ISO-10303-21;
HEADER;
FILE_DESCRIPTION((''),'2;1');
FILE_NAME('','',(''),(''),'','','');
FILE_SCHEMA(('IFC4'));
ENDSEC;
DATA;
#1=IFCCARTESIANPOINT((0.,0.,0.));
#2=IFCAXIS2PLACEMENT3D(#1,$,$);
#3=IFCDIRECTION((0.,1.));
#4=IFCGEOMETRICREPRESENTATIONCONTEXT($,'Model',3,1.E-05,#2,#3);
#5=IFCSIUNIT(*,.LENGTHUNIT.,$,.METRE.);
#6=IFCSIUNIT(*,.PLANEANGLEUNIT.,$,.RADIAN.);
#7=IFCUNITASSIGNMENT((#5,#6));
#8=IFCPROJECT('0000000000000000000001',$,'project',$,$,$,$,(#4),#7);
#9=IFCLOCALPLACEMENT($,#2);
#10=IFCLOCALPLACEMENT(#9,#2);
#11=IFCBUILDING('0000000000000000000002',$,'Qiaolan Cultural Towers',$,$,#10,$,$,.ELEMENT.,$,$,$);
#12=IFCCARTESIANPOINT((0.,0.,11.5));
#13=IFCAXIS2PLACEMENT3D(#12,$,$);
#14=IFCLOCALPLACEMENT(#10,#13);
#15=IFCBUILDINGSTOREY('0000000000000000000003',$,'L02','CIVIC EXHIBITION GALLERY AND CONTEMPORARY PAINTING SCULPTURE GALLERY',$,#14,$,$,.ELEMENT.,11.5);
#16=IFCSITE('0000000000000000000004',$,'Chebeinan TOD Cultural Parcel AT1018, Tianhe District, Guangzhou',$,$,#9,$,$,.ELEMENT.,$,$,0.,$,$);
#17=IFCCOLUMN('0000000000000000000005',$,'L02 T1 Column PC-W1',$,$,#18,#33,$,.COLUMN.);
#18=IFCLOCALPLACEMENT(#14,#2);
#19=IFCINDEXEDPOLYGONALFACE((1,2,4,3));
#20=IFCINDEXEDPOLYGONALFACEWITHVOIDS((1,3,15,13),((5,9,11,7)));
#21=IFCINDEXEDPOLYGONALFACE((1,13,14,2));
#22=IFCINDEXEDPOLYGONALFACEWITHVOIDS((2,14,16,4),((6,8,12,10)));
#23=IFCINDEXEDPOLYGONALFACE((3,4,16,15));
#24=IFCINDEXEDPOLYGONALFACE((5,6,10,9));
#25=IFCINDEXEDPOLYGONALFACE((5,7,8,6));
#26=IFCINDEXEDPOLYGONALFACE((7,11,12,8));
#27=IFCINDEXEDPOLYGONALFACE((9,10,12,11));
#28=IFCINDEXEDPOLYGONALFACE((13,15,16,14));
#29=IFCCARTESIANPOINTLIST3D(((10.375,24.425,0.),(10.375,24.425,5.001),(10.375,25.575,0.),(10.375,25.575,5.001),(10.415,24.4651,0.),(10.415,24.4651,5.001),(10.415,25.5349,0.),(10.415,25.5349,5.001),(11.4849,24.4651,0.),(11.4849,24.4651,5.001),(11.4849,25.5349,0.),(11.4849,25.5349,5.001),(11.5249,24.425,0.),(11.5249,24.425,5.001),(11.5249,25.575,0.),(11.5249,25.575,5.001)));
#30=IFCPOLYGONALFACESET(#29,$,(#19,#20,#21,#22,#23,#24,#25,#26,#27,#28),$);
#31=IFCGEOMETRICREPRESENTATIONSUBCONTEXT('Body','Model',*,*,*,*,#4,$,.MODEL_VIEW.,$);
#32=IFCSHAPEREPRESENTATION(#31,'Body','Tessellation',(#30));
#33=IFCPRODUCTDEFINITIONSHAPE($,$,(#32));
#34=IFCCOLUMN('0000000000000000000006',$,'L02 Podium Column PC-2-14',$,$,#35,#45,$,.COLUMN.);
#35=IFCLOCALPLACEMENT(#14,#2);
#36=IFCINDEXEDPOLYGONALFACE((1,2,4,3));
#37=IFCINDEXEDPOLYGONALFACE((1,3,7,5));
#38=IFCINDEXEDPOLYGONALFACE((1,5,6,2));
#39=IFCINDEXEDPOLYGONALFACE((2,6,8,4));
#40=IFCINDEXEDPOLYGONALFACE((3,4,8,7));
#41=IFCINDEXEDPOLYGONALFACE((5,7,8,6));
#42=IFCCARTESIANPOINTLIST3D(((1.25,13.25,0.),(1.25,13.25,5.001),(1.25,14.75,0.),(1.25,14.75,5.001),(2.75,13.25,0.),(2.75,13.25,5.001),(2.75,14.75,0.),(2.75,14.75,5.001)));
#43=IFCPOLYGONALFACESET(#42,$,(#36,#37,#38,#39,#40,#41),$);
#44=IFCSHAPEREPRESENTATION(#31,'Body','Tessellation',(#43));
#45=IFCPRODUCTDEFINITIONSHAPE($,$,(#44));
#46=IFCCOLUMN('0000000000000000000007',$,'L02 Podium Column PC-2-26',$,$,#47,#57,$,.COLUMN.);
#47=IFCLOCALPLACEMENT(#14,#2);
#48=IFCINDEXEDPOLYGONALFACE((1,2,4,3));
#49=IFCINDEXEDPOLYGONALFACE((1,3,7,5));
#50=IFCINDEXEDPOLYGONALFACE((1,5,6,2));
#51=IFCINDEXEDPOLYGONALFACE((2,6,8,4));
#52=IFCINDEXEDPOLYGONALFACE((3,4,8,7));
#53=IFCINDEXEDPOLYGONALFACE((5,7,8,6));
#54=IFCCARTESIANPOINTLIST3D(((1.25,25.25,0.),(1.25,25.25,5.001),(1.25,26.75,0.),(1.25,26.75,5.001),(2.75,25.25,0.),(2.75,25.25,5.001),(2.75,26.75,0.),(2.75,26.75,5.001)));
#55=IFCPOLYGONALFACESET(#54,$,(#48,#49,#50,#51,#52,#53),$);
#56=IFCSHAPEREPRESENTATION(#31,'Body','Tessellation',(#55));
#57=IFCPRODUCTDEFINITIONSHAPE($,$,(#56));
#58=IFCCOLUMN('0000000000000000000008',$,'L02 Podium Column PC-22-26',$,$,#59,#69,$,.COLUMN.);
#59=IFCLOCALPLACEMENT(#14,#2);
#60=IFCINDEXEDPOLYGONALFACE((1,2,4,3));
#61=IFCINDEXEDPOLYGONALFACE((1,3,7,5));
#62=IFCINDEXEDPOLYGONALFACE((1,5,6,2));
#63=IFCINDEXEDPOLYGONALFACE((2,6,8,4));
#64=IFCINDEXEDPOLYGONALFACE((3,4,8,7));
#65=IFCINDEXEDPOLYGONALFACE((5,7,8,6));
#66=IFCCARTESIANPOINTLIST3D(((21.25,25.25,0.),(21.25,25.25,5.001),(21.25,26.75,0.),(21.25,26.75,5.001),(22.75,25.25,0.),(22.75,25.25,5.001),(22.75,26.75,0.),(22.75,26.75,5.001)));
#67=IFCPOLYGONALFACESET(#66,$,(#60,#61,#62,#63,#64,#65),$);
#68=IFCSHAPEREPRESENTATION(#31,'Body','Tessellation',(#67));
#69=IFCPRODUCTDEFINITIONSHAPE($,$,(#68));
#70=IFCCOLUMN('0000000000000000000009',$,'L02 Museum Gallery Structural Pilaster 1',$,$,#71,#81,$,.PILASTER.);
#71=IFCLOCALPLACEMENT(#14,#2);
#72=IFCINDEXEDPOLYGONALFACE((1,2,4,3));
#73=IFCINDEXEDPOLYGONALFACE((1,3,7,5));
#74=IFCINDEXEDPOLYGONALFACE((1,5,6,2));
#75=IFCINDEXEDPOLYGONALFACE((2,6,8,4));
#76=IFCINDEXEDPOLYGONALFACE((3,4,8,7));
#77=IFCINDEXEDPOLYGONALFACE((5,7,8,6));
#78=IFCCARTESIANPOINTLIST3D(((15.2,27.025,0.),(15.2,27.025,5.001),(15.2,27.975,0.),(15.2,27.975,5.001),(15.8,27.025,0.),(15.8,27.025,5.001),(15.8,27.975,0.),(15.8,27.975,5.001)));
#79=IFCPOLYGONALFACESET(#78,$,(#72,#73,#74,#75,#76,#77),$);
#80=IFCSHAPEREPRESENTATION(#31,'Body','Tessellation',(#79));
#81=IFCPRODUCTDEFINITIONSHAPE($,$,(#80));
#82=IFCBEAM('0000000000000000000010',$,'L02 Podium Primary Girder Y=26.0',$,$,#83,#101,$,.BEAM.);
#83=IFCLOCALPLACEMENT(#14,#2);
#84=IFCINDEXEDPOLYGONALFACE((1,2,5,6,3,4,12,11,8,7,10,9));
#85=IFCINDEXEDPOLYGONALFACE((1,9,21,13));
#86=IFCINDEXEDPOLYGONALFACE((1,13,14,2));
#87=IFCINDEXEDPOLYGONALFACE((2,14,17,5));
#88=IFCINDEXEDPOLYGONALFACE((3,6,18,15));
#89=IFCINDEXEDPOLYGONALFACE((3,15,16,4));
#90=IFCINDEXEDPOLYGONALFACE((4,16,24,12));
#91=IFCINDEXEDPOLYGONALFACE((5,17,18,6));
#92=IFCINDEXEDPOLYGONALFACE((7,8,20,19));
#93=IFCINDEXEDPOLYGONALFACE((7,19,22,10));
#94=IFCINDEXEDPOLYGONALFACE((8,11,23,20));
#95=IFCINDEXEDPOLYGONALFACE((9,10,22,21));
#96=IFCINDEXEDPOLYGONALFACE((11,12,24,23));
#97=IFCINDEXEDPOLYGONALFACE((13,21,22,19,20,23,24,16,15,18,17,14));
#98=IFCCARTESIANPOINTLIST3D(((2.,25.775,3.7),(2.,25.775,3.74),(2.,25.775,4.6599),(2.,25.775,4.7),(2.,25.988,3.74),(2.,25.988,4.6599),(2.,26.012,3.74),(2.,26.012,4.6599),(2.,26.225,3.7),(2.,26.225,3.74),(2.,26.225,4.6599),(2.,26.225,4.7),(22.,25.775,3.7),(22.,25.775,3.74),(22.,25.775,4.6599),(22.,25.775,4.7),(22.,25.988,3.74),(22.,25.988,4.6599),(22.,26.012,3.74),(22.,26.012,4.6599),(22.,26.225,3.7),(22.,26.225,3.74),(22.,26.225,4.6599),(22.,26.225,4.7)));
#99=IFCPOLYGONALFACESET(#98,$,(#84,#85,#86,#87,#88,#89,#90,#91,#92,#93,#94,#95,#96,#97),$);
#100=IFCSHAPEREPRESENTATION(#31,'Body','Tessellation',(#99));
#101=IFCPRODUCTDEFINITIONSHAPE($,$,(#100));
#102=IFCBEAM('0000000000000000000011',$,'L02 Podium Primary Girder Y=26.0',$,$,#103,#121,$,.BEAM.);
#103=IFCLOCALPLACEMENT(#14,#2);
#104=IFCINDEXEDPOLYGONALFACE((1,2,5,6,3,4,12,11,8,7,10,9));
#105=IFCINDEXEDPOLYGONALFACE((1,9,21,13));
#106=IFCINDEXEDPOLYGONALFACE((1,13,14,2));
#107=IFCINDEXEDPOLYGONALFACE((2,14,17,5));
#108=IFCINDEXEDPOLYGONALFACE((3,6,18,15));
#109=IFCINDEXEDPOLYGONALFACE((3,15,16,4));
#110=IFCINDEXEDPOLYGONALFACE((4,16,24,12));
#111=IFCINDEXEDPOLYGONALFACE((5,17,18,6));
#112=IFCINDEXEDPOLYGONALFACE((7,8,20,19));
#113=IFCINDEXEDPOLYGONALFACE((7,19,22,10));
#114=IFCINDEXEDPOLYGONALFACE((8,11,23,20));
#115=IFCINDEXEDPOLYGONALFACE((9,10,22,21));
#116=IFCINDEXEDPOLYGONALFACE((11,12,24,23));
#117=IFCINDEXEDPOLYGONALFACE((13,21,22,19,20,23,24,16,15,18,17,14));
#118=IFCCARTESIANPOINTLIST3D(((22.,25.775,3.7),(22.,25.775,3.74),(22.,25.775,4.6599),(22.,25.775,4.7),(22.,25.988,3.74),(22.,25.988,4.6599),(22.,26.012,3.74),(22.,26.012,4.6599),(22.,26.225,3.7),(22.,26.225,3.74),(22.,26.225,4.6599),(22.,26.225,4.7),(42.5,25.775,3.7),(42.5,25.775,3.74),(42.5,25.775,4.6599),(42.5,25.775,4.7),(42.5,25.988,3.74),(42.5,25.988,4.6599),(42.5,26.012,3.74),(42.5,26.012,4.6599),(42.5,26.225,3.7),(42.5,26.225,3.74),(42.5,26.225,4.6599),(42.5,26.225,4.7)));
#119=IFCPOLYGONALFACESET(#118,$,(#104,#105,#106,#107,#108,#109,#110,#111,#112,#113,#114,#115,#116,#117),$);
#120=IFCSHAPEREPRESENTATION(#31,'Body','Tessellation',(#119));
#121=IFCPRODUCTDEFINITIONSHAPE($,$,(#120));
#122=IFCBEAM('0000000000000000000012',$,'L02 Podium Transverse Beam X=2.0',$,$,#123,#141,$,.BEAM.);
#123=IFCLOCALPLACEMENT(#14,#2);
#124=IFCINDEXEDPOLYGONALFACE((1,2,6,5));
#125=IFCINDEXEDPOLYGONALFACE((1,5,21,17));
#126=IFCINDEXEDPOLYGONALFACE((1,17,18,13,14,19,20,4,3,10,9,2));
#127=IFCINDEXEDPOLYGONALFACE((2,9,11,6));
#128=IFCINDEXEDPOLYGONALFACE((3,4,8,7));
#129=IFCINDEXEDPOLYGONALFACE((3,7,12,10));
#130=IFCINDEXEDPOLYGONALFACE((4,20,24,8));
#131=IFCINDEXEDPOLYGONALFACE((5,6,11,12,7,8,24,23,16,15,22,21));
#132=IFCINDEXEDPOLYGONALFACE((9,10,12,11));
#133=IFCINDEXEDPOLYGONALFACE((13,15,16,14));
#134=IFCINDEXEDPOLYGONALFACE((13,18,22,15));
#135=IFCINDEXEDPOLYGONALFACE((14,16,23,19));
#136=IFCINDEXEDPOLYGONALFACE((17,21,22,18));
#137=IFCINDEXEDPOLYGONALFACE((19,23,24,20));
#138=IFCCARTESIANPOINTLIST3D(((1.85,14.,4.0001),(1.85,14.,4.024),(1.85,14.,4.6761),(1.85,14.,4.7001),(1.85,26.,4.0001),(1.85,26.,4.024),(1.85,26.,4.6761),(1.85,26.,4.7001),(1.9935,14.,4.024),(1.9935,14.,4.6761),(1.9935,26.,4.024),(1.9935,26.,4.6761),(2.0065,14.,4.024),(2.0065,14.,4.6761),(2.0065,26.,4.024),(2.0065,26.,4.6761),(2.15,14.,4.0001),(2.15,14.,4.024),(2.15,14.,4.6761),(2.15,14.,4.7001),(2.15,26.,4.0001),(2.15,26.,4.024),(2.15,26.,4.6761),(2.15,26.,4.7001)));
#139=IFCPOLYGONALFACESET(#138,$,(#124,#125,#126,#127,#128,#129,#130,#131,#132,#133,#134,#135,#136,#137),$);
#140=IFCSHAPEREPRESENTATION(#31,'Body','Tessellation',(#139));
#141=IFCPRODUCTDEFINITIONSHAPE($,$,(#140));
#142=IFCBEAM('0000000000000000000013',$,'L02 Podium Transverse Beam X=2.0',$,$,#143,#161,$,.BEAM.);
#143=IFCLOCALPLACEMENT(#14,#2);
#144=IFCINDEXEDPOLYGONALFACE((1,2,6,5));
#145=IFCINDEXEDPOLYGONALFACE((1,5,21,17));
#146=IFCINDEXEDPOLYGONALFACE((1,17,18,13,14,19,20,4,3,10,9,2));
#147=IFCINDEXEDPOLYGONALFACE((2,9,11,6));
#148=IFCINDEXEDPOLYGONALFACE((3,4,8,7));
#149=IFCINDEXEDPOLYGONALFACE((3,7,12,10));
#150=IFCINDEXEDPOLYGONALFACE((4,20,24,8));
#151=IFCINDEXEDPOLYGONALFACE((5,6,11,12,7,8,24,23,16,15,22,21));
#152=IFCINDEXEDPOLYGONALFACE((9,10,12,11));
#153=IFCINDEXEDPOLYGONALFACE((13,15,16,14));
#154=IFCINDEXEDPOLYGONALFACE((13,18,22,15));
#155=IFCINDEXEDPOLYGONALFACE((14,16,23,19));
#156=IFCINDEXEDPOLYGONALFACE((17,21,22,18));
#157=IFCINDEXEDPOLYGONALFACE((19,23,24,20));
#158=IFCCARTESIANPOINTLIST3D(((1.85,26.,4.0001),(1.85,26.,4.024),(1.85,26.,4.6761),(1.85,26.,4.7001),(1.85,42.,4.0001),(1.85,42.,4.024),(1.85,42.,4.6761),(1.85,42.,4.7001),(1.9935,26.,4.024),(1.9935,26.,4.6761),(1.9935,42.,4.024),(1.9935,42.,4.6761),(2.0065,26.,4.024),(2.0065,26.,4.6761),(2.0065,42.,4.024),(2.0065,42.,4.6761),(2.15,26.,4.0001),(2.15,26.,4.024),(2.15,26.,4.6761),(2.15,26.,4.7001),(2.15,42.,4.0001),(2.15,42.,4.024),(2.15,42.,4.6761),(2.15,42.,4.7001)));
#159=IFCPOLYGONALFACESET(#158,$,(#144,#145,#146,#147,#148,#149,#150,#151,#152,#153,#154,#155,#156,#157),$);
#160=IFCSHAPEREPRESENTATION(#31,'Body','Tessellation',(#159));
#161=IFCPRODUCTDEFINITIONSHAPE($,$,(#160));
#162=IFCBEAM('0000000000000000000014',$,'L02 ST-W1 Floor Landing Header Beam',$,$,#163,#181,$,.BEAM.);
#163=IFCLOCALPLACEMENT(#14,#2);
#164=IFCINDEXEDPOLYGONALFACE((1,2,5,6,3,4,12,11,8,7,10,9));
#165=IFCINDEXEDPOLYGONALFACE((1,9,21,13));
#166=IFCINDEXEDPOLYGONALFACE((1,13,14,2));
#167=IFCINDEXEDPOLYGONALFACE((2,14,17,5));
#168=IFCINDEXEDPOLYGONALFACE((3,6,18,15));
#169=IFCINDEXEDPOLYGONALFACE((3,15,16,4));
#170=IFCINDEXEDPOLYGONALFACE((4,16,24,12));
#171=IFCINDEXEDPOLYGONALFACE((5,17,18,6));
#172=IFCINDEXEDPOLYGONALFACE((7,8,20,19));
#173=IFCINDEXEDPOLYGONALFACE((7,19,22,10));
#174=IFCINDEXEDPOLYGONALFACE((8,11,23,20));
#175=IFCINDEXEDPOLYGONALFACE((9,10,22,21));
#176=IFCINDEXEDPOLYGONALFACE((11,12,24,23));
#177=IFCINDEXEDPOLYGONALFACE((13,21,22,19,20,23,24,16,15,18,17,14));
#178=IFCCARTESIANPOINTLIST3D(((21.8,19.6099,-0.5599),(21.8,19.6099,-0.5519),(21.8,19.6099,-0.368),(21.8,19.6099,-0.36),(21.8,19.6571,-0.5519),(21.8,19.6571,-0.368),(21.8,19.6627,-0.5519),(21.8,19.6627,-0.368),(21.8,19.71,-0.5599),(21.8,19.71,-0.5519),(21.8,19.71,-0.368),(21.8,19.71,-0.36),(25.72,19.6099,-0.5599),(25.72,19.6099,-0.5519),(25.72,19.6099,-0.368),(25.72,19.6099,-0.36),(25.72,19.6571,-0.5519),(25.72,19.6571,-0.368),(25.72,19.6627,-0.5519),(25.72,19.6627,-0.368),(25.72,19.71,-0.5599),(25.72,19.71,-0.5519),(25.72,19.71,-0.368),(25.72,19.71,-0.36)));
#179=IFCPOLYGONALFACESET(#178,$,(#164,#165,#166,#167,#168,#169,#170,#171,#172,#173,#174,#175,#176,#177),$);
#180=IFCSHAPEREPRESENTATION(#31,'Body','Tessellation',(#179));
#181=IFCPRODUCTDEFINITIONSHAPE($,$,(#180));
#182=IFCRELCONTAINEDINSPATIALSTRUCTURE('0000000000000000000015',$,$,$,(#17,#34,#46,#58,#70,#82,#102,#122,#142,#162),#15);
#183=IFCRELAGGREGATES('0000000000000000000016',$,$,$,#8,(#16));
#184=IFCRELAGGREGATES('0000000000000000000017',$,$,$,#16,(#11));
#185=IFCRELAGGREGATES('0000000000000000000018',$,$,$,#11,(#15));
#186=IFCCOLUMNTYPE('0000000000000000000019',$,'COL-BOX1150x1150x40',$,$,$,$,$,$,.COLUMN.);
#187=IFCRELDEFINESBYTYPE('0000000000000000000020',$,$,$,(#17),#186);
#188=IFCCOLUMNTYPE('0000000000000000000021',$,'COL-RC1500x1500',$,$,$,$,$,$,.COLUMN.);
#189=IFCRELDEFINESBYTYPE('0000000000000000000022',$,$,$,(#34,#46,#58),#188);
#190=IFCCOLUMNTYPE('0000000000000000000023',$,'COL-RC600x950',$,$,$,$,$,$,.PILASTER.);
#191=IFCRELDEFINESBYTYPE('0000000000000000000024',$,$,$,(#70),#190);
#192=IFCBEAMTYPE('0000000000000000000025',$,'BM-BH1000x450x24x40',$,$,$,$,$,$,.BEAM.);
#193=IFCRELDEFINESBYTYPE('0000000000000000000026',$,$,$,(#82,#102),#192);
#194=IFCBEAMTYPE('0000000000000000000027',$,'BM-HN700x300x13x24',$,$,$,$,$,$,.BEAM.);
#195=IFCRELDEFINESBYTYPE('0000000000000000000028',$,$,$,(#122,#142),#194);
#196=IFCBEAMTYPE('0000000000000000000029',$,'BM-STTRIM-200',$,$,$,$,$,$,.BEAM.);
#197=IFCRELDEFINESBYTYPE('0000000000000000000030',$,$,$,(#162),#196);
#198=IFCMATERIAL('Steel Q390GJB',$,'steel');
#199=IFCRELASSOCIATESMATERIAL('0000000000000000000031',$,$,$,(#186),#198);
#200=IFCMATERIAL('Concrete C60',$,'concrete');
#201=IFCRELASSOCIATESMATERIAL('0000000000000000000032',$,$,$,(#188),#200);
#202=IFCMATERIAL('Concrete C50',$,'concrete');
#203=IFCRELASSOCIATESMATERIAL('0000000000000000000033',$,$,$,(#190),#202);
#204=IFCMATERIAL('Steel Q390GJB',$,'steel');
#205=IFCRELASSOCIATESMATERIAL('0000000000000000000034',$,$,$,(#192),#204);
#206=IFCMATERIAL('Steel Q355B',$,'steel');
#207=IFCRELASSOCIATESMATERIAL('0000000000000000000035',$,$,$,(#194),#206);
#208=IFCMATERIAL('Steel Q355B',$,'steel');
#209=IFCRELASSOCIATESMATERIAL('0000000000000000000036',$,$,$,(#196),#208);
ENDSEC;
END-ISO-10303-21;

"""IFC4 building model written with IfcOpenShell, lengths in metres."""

from ifc_helpers import new_model, si_unit, direction, frame, origin, origin_2d, place, context, subcontext, project, spatial, rectangle, hollow_rectangle, i_section, extrude, material, material_profile, profile_set, type_object, element, save


model = new_model("IFC4")

# Units and contexts
model_context = context("Model", 3, precision=1e-05, world=origin(), true_north=direction((0.0, 1.0)))
body_context = subcontext(model_context, "Body", "Model", "MODEL_VIEW")
ifc_project = project(units=[si_unit("LENGTHUNIT", "METRE"), si_unit("PLANEANGLEUNIT", "RADIAN")], contexts=[model_context])

# Site, building, storey
site_placement = place(None, origin())
site = spatial("IfcSite", under=ifc_project, at=site_placement, Name="Chebeinan TOD Cultural Parcel AT1018, Tianhe District, Guangzhou", CompositionType="ELEMENT", RefElevation=0.0)
building_placement = place(site_placement, origin())
building = spatial("IfcBuilding", under=site, at=building_placement, Name="Qiaolan Cultural Towers", CompositionType="ELEMENT")
storey_placement = place(building_placement, frame((0.0, 0.0, 11.5)))
storey = spatial("IfcBuildingStorey", under=building, at=storey_placement, Name="L02", Description="CIVIC EXHIBITION GALLERY AND CONTEMPORARY PAINTING SCULPTURE GALLERY", CompositionType="ELEMENT", Elevation=11.5)

# Columns
ifc_material_1 = material(Name="Steel Q390GJB", Category="steel")
ifc_material_profile_1 = material_profile(ifc_material_1, hollow_rectangle(XDim=1.1499, YDim=1.1499, WallThickness=0.04, at=origin_2d()), Name="BOX1150x1150x40")
ifc_profile_set_1 = profile_set([ifc_material_profile_1], Name="Steel Q390GJB")
column_type_1 = type_object("IfcColumnType", Name="COL-BOX1150x1150x40", PredefinedType="COLUMN", material=ifc_profile_set_1)
column_1_placement = place(storey_placement, frame((10.95, 25.0, 0.0), z_axis=(0.0, 0.0, 1.0), x_axis=(1.0, 0.0, 0.0)))
element("IfcColumn", 1, at=column_1_placement, inside=storey, type_object=column_type_1, Name="L02 T1 Column PC-W1", PredefinedType="COLUMN", context=body_context, shape_type="SweptSolid", body=[
    extrude(hollow_rectangle(XDim=1.1499, YDim=1.1499, WallThickness=0.04, at=origin_2d()), origin(), (0.0, 0.0, 1.0), 5.001),
])
ifc_material_2 = material(Name="Concrete C60", Category="concrete")
ifc_material_profile_2 = material_profile(ifc_material_2, rectangle(XDim=1.5, YDim=1.5, at=origin_2d()), Name="RC1500x1500")
ifc_profile_set_2 = profile_set([ifc_material_profile_2], Name="Concrete C60")
column_type_2 = type_object("IfcColumnType", Name="COL-RC1500x1500", PredefinedType="COLUMN", material=ifc_profile_set_2)
for number, where, z_axis, x_axis, name in (
    (2, (2.0, 14.0, 0.0), (0.0, 0.0, 1.0), (1.0, 0.0, 0.0), "L02 Podium Column PC-2-14"),
    (3, (2.0, 26.0, 0.0), (0.0, 0.0, 1.0), (1.0, 0.0, 0.0), "L02 Podium Column PC-2-26"),
    (4, (22.0, 26.0, 0.0), (0.0, 0.0, 1.0), (1.0, 0.0, 0.0), "L02 Podium Column PC-22-26"),
):
    element("IfcColumn", number, at=place(storey_placement, frame(where, z_axis=z_axis, x_axis=x_axis)), inside=storey, type_object=column_type_2, Name=name, PredefinedType="COLUMN", context=body_context, shape_type="SweptSolid", body=[
        extrude(rectangle(XDim=1.5, YDim=1.5, at=origin_2d()), origin(), (0.0, 0.0, 1.0), 5.001),
    ])
ifc_material_3 = material(Name="Concrete C50", Category="concrete")
ifc_material_profile_3 = material_profile(ifc_material_3, rectangle(XDim=0.6001, YDim=0.95, at=origin_2d()), Name="RC600x950")
ifc_profile_set_3 = profile_set([ifc_material_profile_3], Name="Concrete C50")
column_type_3 = type_object("IfcColumnType", Name="COL-RC600x950", PredefinedType="PILASTER", material=ifc_profile_set_3)
column_2_placement = place(storey_placement, frame((15.5, 27.5, 0.0), z_axis=(0.0, 0.0, 1.0), x_axis=(1.0, 0.0, 0.0)))
element("IfcColumn", 5, at=column_2_placement, inside=storey, type_object=column_type_3, Name="L02 Museum Gallery Structural Pilaster 1", PredefinedType="PILASTER", context=body_context, shape_type="SweptSolid", body=[
    extrude(rectangle(XDim=0.6001, YDim=0.95, at=origin_2d()), origin(), (0.0, 0.0, 1.0), 5.001),
])

# Beams
ifc_material_4 = material(Name="Steel Q390GJB", Category="steel")
ifc_material_profile_4 = material_profile(ifc_material_4, i_section(OverallWidth=0.45, OverallDepth=1.0, WebThickness=0.0239, FlangeThickness=0.04, at=origin_2d()), Name="BH1000x450x24x40")
ifc_profile_set_4 = profile_set([ifc_material_profile_4], Name="Steel Q390GJB")
beam_type_1 = type_object("IfcBeamType", Name="BM-BH1000x450x24x40", PredefinedType="BEAM", material=ifc_profile_set_4)
beam_1_placement = place(storey_placement, frame((2.0, 26.0, 4.2), z_axis=(1.0, 0.0, 0.0), x_axis=(0.0, 1.0, 0.0)))
element("IfcBeam", 6, at=beam_1_placement, inside=storey, type_object=beam_type_1, Name="L02 Podium Primary Girder Y=26.0", PredefinedType="BEAM", context=body_context, shape_type="SweptSolid", body=[
    extrude(i_section(OverallWidth=0.45, OverallDepth=1.0, WebThickness=0.0239, FlangeThickness=0.04, at=origin_2d()), origin(), (0.0, 0.0, 1.0), 20.0),
])
beam_2_placement = place(storey_placement, frame((22.0, 26.0, 4.2), z_axis=(1.0, 0.0, 0.0), x_axis=(0.0, 1.0, 0.0)))
element("IfcBeam", 7, at=beam_2_placement, inside=storey, type_object=beam_type_1, Name="L02 Podium Primary Girder Y=26.0", PredefinedType="BEAM", context=body_context, shape_type="SweptSolid", body=[
    extrude(i_section(OverallWidth=0.45, OverallDepth=1.0, WebThickness=0.0239, FlangeThickness=0.04, at=origin_2d()), origin(), (0.0, 0.0, 1.0), 20.5),
])
ifc_material_5 = material(Name="Steel Q355B", Category="steel")
ifc_material_profile_5 = material_profile(ifc_material_5, i_section(OverallWidth=0.3, OverallDepth=0.7, WebThickness=0.0129, FlangeThickness=0.0239, at=origin_2d()), Name="HN700x300x13x24")
ifc_profile_set_5 = profile_set([ifc_material_profile_5], Name="Steel Q355B")
beam_type_2 = type_object("IfcBeamType", Name="BM-HN700x300x13x24", PredefinedType="BEAM", material=ifc_profile_set_5)
beam_3_placement = place(storey_placement, frame((2.0, 14.0, 4.3501), z_axis=(0.0, 1.0, 0.0), x_axis=(-1.0, 0.0, 0.0)))
element("IfcBeam", 8, at=beam_3_placement, inside=storey, type_object=beam_type_2, Name="L02 Podium Transverse Beam X=2.0", PredefinedType="BEAM", context=body_context, shape_type="SweptSolid", body=[
    extrude(i_section(OverallWidth=0.3, OverallDepth=0.7, WebThickness=0.0129, FlangeThickness=0.0239, at=origin_2d()), origin(), (0.0, 0.0, 1.0), 12.0),
])
beam_4_placement = place(storey_placement, frame((2.0, 26.0, 4.3501), z_axis=(0.0, 1.0, 0.0), x_axis=(-1.0, 0.0, 0.0)))
element("IfcBeam", 9, at=beam_4_placement, inside=storey, type_object=beam_type_2, Name="L02 Podium Transverse Beam X=2.0", PredefinedType="BEAM", context=body_context, shape_type="SweptSolid", body=[
    extrude(i_section(OverallWidth=0.3, OverallDepth=0.7, WebThickness=0.0129, FlangeThickness=0.0239, at=origin_2d()), origin(), (0.0, 0.0, 1.0), 16.0),
])
ifc_material_6 = material(Name="Steel Q355B", Category="steel")
ifc_material_profile_6 = material_profile(ifc_material_6, i_section(OverallWidth=0.1001, OverallDepth=0.2, WebThickness=0.0056, FlangeThickness=0.0081, at=origin_2d()), Name="HN200x100x5.5x8")
ifc_profile_set_6 = profile_set([ifc_material_profile_6], Name="Steel Q355B")
beam_type_3 = type_object("IfcBeamType", Name="BM-STTRIM-200", PredefinedType="BEAM", material=ifc_profile_set_6)
for number, where, z_axis, x_axis, name in (
    (10, (21.8, 19.6599, -0.46), (1.0, 0.0, 0.0), (0.0, 1.0, 0.0), "L02 ST-W1 Floor Landing Header Beam"),
):
    element("IfcBeam", number, at=place(storey_placement, frame(where, z_axis=z_axis, x_axis=x_axis)), inside=storey, type_object=beam_type_3, Name=name, PredefinedType="BEAM", context=body_context, shape_type="SweptSolid", body=[
        extrude(i_section(OverallWidth=0.1001, OverallDepth=0.2, WebThickness=0.0056, FlangeThickness=0.0081, at=origin_2d()), origin(), (0.0, 0.0, 1.0), 3.9199),
    ])

save(model, "model.ifc")
